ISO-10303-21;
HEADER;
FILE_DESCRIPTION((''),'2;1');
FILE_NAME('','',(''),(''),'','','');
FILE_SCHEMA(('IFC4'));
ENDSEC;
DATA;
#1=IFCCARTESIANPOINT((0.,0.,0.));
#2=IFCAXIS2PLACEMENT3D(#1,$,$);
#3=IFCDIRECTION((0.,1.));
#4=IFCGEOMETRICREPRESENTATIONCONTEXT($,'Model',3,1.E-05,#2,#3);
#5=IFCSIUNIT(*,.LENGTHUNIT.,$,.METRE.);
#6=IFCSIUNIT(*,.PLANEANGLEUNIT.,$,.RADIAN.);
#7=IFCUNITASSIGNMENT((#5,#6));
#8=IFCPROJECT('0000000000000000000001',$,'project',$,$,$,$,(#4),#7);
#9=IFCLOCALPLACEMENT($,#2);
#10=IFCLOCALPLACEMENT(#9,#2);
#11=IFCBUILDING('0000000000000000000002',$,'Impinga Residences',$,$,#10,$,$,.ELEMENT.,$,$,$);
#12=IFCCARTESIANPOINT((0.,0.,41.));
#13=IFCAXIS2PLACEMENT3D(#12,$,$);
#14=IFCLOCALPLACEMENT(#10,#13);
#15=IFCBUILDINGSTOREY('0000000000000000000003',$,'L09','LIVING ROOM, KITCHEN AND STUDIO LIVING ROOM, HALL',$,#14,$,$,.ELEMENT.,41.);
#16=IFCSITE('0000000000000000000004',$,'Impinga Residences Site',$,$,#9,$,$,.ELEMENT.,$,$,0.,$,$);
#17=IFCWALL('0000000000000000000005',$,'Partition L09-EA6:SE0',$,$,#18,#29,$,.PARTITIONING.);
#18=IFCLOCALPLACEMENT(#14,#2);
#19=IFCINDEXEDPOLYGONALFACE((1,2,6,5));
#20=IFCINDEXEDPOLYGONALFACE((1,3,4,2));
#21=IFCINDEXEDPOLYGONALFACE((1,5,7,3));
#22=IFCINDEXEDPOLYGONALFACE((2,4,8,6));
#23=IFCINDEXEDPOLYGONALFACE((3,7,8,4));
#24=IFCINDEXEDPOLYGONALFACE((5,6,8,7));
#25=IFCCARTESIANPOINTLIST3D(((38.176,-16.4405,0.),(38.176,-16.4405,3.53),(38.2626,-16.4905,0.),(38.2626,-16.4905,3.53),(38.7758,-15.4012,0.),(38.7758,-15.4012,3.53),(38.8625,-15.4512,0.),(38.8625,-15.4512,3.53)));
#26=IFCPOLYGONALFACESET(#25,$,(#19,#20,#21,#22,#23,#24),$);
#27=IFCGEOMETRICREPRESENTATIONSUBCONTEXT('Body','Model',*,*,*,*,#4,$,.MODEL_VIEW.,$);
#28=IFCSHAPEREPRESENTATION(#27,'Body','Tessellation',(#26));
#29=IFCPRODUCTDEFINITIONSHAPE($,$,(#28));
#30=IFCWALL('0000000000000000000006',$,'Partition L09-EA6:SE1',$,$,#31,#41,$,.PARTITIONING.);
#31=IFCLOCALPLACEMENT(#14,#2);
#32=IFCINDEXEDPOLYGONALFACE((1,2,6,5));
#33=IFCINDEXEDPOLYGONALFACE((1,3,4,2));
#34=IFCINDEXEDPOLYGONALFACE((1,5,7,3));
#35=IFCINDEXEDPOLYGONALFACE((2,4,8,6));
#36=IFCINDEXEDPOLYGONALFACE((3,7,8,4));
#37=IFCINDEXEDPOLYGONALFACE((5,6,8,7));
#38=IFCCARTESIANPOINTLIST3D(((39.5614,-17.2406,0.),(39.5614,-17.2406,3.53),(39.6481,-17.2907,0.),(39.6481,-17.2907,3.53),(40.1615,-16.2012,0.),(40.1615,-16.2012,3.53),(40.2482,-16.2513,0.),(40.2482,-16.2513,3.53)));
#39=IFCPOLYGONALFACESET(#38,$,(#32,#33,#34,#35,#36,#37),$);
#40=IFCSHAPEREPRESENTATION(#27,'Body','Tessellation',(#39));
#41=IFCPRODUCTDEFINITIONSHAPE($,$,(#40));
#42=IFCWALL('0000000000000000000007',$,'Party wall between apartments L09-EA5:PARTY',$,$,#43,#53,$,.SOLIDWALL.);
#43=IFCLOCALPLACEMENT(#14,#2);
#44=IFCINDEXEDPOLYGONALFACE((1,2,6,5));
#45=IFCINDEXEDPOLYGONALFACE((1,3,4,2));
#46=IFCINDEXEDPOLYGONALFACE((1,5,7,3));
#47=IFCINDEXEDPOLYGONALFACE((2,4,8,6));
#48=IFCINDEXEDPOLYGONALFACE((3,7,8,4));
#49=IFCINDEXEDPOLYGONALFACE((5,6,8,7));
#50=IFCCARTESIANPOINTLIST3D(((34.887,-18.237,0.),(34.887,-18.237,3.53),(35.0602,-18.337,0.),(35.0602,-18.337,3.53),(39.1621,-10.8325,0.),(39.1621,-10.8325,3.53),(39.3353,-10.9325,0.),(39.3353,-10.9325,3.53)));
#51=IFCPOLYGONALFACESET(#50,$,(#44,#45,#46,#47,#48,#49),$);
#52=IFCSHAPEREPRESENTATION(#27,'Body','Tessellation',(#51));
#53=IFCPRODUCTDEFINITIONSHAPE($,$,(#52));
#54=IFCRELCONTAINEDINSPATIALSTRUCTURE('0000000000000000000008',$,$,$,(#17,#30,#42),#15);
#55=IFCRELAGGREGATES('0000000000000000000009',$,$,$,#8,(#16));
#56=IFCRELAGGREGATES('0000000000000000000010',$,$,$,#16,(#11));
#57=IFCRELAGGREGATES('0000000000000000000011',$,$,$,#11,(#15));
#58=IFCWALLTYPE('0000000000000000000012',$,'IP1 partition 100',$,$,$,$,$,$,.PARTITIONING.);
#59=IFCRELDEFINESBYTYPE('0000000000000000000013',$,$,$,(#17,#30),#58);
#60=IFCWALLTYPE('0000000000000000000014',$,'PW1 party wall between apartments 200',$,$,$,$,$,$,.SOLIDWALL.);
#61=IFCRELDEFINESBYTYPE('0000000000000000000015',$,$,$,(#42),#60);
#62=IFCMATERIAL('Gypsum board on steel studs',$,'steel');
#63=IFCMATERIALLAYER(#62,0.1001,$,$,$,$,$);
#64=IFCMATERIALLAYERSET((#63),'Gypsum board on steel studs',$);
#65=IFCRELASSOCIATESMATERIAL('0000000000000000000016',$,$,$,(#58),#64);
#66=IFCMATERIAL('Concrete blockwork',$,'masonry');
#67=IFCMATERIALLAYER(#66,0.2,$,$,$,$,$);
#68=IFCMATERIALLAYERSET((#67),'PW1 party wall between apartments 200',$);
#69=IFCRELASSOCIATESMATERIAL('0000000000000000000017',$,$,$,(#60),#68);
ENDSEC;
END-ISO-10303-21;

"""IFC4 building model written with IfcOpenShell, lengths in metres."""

from ifc_helpers import new_model, si_unit, direction, frame, frame_2d, origin, place, context, subcontext, project, spatial, rectangle, extrude, material, layer, layer_set, type_object, element, save


model = new_model("IFC4")

# Units and contexts
model_context = context("Model", 3, precision=1e-05, world=origin(), true_north=direction((0.0, 1.0)))
body_context = subcontext(model_context, "Body", "Model", "MODEL_VIEW")
ifc_project = project(units=[si_unit("LENGTHUNIT", "METRE"), si_unit("PLANEANGLEUNIT", "RADIAN")], contexts=[model_context])

# Site, building, storey
site_placement = place(None, origin())
site = spatial("IfcSite", under=ifc_project, at=site_placement, Name="Impinga Residences Site", CompositionType="ELEMENT", RefElevation=0.0)
building_placement = place(site_placement, origin())
building = spatial("IfcBuilding", under=site, at=building_placement, Name="Impinga Residences", CompositionType="ELEMENT")
storey_placement = place(building_placement, frame((0.0, 0.0, 41.0)))
storey = spatial("IfcBuildingStorey", under=building, at=storey_placement, Name="L09", Description="LIVING ROOM, KITCHEN AND STUDIO LIVING ROOM, HALL", CompositionType="ELEMENT", Elevation=41.0)

# Shared definitions
ifc_material_1 = material(Name="Gypsum board on steel studs", Category="steel")
ifc_layer_1 = layer(ifc_material_1, 0.1001)
ifc_layer_set_1 = layer_set([ifc_layer_1], Name="Gypsum board on steel studs")
wall_type_1 = type_object("IfcWallType", Name="IP1 partition 100", PredefinedType="PARTITIONING", material=ifc_layer_set_1)

# Walls
wall_1_placement = place(storey_placement, frame((38.2192, -16.4656, 0.0), z_axis=(0.0, 0.0, 1.0), x_axis=(0.499881, 0.866094, 0.0)))
element("IfcWall", 1, at=wall_1_placement, inside=storey, type_object=wall_type_1, Name="Partition L09-EA6:SE0", PredefinedType="PARTITIONING", context=body_context, shape_type="SweptSolid", body=[
    extrude(rectangle(XDim=1.2, YDim=0.1001, at=frame_2d((0.6001, 0.0))), origin(), (0.0, 0.0, 1.0), 3.53),
])
wall_2_placement = place(storey_placement, frame((39.6047, -17.2656, 0.0), z_axis=(0.0, 0.0, 1.0), x_axis=(0.500034, 0.866006, 0.0)))
element("IfcWall", 2, at=wall_2_placement, inside=storey, type_object=wall_type_1, Name="Partition L09-EA6:SE1", PredefinedType="PARTITIONING", context=body_context, shape_type="SweptSolid", body=[
    extrude(rectangle(XDim=1.2002, YDim=0.1001, at=frame_2d((0.6001, 0.0))), origin(), (0.0, 0.0, 1.0), 3.53),
])
ifc_material_2 = material(Name="Concrete blockwork", Category="masonry")
ifc_layer_2 = layer(ifc_material_2, 0.2)
ifc_layer_set_2 = layer_set([ifc_layer_2], Name="PW1 party wall between apartments 200")
wall_type_2 = type_object("IfcWallType", Name="PW1 party wall between apartments 200", PredefinedType="SOLIDWALL", material=ifc_layer_set_2)
wall_3_placement = place(storey_placement, frame((34.9736, -18.2869, 0.0), z_axis=(0.0, 0.0, 1.0), x_axis=(0.500012, 0.866019, 0.0)))
element("IfcWall", 3, at=wall_3_placement, inside=storey, type_object=wall_type_2, Name="Party wall between apartments L09-EA5:PARTY", PredefinedType="SOLIDWALL", context=body_context, shape_type="SweptSolid", body=[
    extrude(rectangle(XDim=8.55, YDim=0.2, at=frame_2d((4.2749, 0.0))), origin(), (0.0, 0.0, 1.0), 3.53),
])

save(model, "model.ifc")
